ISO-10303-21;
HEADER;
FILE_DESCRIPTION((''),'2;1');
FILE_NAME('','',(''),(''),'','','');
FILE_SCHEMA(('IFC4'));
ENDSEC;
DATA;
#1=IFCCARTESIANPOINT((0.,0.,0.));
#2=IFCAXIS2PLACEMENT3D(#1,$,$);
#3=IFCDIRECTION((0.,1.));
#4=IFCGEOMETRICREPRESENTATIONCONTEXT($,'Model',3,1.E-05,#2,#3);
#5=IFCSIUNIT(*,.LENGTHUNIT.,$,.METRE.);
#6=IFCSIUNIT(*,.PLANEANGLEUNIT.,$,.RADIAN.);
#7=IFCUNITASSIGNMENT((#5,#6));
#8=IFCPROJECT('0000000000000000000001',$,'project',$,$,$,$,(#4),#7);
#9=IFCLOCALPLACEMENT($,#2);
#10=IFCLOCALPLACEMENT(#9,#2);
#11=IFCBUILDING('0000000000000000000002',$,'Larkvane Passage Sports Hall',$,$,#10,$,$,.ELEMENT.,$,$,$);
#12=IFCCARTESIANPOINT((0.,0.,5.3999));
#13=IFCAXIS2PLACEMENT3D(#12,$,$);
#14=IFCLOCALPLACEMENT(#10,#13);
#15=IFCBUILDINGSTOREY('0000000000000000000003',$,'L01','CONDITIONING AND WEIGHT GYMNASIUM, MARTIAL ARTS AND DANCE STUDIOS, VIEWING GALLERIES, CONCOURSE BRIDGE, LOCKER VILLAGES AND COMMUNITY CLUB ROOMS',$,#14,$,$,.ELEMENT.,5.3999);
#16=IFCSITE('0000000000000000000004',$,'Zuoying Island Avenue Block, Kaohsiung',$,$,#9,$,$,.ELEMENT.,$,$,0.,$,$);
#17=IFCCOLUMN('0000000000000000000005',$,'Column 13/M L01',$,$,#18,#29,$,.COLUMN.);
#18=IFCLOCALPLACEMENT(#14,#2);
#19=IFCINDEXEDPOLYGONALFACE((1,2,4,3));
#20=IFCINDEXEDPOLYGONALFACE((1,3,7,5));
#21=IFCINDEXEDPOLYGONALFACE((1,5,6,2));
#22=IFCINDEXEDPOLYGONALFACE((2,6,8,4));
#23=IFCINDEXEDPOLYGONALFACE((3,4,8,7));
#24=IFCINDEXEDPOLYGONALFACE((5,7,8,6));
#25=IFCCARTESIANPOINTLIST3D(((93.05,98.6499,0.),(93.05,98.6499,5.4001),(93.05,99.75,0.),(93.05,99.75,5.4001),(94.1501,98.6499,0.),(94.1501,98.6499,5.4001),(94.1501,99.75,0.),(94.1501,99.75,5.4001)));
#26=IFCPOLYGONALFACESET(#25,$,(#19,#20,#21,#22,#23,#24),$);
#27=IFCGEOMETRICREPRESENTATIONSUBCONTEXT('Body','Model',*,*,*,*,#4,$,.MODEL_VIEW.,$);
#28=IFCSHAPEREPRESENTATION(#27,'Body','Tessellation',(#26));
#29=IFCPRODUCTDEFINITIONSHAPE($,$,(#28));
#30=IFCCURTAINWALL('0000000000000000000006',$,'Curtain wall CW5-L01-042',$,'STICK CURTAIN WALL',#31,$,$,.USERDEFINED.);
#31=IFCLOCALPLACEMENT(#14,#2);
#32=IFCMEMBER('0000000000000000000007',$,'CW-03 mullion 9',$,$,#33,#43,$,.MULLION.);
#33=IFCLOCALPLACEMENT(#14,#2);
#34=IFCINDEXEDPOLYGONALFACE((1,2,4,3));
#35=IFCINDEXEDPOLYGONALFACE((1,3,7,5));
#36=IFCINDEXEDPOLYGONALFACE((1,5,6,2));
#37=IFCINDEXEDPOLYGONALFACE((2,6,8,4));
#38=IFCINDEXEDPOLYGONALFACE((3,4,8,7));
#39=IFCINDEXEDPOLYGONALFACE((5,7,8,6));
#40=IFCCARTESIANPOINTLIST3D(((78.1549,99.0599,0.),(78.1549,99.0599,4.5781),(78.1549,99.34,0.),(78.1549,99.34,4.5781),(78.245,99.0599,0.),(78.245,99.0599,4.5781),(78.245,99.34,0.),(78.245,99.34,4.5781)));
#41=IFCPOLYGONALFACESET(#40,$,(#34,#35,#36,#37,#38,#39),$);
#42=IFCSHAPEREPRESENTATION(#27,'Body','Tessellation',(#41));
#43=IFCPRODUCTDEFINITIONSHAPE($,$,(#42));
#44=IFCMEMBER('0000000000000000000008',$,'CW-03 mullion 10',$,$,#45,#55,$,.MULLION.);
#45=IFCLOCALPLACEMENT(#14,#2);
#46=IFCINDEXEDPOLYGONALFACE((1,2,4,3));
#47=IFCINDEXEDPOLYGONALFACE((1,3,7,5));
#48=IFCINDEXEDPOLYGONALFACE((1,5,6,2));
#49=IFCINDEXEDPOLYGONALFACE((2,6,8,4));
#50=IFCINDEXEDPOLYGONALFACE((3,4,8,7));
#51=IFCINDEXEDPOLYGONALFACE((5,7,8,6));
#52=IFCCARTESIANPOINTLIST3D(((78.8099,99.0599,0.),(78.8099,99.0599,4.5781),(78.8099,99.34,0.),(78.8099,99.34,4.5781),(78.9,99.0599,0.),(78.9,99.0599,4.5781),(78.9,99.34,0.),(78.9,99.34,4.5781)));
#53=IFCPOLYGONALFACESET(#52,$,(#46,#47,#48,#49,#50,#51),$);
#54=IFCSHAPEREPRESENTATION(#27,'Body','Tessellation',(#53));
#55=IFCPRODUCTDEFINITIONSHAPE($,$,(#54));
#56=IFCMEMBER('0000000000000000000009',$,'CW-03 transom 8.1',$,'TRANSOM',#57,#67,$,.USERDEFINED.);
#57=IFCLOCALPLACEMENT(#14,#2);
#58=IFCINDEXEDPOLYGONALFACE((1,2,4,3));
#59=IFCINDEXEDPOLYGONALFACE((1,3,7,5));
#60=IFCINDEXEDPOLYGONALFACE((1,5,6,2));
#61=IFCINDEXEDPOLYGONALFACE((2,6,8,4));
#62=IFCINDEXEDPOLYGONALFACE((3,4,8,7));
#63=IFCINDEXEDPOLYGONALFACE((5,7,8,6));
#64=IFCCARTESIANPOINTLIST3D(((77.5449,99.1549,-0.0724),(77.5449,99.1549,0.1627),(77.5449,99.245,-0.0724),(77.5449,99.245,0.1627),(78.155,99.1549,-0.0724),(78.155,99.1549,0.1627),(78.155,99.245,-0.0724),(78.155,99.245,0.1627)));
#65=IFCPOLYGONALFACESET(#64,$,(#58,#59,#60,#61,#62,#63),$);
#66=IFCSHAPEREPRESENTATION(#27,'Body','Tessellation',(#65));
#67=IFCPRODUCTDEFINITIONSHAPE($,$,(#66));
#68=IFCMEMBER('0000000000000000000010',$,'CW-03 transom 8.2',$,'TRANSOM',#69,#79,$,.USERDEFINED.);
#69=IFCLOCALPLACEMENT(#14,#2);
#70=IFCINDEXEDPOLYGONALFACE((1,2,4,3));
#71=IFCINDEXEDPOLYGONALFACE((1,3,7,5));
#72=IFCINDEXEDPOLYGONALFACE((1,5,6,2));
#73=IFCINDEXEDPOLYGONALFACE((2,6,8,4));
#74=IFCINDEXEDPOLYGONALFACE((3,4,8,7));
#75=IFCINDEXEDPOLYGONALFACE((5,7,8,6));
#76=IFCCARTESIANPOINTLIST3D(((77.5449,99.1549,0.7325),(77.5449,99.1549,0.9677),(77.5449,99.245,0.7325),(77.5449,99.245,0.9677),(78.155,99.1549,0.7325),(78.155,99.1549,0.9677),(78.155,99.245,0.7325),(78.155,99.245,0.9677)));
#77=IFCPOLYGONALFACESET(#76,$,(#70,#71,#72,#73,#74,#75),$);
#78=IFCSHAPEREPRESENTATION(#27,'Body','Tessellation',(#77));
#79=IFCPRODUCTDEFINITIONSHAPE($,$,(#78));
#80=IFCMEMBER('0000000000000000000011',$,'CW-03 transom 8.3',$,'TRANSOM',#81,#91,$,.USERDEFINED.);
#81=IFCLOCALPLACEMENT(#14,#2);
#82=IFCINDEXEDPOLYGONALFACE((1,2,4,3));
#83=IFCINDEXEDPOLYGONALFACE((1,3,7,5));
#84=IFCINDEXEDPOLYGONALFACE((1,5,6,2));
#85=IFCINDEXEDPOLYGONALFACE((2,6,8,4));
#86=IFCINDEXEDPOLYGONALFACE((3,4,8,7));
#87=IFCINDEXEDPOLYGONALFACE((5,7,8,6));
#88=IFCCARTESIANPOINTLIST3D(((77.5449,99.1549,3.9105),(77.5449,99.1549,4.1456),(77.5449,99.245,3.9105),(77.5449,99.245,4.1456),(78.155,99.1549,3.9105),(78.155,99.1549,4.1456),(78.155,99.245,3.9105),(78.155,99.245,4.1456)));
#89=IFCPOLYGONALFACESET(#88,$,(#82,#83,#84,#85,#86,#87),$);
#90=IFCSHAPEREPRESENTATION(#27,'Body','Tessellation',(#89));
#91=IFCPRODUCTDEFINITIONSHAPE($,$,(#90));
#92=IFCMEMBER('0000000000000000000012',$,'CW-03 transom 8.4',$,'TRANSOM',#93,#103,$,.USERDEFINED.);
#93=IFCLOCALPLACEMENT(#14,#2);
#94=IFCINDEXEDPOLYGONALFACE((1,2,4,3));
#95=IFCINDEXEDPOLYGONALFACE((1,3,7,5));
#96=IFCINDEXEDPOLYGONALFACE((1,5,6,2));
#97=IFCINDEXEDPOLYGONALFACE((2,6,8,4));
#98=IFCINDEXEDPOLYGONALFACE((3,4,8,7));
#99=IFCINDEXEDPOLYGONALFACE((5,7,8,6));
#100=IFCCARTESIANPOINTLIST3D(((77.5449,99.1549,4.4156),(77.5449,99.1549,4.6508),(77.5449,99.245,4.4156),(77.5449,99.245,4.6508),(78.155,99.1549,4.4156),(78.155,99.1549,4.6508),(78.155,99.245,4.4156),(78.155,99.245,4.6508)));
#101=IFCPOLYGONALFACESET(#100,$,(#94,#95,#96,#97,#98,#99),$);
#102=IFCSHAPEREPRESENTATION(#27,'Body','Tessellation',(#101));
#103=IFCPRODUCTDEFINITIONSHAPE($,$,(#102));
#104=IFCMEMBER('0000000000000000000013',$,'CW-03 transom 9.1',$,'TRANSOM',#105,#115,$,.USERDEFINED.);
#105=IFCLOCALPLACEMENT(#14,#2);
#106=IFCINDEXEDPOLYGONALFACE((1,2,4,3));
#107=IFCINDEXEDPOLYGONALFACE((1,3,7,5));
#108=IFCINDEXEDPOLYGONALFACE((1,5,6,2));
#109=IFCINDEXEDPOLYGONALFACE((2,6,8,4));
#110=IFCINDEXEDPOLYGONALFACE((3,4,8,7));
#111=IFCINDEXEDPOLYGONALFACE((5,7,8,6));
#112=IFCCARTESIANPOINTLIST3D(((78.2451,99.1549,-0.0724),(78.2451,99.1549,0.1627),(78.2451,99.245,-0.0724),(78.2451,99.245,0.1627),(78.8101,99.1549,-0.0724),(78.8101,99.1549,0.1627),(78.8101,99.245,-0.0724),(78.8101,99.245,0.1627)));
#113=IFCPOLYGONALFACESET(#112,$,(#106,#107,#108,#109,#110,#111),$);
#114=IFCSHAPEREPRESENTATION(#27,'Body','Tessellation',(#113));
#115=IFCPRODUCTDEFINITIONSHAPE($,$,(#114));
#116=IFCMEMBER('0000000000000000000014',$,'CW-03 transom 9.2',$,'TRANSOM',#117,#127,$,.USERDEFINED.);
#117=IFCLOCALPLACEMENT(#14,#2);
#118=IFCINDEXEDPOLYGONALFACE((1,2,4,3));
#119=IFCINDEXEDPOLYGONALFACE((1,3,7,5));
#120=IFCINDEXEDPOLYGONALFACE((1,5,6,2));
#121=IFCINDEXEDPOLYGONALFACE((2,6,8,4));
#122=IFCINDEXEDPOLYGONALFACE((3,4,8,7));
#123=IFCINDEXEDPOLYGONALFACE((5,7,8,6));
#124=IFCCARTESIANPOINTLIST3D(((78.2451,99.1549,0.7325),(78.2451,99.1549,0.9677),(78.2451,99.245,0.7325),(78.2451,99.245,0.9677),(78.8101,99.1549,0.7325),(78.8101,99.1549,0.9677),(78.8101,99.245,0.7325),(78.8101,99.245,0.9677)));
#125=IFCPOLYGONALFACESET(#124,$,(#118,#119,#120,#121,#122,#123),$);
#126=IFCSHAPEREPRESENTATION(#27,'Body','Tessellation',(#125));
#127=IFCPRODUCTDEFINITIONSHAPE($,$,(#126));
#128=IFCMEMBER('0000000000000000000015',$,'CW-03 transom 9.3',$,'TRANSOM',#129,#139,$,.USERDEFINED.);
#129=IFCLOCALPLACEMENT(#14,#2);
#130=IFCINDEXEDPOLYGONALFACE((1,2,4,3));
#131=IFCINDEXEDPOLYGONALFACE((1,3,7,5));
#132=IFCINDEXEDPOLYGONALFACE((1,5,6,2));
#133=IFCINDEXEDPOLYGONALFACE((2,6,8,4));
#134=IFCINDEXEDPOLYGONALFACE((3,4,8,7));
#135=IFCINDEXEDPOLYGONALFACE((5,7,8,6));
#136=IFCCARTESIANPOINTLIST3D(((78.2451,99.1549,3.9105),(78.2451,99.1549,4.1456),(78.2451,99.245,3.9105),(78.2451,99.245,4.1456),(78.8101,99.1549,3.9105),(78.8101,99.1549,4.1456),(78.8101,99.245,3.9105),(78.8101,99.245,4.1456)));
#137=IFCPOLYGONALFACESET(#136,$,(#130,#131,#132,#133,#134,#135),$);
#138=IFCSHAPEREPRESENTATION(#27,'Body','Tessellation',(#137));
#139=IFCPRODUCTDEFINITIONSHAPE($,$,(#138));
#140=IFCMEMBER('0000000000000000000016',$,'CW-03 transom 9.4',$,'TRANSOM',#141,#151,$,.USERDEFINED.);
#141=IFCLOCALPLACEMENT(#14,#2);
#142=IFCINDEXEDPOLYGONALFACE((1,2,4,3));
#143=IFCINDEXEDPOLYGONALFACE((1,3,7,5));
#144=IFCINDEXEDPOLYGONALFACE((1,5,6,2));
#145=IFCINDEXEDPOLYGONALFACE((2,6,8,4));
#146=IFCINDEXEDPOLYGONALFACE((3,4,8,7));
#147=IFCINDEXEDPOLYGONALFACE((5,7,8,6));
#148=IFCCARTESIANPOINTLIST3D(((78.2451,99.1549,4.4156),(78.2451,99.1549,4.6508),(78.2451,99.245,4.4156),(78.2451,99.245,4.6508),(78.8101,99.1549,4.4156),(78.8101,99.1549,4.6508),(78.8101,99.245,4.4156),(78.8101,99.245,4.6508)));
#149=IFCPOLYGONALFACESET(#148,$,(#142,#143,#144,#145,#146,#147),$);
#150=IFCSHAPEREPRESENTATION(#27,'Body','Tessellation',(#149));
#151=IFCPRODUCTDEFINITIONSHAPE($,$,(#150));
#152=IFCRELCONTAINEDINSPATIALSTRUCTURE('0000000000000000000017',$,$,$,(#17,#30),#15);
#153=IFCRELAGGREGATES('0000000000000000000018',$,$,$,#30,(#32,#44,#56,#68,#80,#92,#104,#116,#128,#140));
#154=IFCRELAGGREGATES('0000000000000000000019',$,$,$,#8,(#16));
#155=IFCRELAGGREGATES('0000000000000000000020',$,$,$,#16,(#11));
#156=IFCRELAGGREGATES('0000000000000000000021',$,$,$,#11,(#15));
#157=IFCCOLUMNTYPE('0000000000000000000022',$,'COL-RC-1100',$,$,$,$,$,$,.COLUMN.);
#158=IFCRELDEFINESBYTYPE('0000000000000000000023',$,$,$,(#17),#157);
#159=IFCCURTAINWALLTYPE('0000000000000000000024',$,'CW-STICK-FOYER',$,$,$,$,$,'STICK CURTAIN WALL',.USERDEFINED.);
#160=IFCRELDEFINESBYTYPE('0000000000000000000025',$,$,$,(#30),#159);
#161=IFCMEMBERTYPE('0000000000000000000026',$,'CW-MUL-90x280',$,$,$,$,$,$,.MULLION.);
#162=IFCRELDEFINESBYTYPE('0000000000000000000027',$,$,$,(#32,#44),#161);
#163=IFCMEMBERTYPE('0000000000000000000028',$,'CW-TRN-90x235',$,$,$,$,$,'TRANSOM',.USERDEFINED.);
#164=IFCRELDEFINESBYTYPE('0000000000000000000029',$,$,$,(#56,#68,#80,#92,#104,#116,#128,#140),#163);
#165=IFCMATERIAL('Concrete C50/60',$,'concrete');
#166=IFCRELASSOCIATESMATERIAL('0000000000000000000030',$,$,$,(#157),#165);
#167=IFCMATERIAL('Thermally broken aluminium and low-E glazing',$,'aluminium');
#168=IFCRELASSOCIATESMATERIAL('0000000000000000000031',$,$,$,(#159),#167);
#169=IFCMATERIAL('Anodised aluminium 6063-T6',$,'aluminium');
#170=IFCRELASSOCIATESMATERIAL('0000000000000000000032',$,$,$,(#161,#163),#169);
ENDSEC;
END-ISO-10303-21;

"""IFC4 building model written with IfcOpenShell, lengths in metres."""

from ifc_helpers import new_model, si_unit, direction, frame, origin, origin_2d, place, context, subcontext, project, spatial, rectangle, extrude, material, material_profile, profile_set, type_object, element, aggregate, save


model = new_model("IFC4")

# Units and contexts
model_context = context("Model", 3, precision=1e-05, world=origin(), true_north=direction((0.0, 1.0)))
body_context = subcontext(model_context, "Body", "Model", "MODEL_VIEW")
ifc_project = project(units=[si_unit("LENGTHUNIT", "METRE"), si_unit("PLANEANGLEUNIT", "RADIAN")], contexts=[model_context])

# Site, building, storey
site_placement = place(None, origin())
site = spatial("IfcSite", under=ifc_project, at=site_placement, Name="Zuoying Island Avenue Block, Kaohsiung", CompositionType="ELEMENT", RefElevation=0.0)
building_placement = place(site_placement, origin())
building = spatial("IfcBuilding", under=site, at=building_placement, Name="Larkvane Passage Sports Hall", CompositionType="ELEMENT")
storey_placement = place(building_placement, frame((0.0, 0.0, 5.3999)))
storey = spatial("IfcBuildingStorey", under=building, at=storey_placement, Name="L01", Description="CONDITIONING AND WEIGHT GYMNASIUM, MARTIAL ARTS AND DANCE STUDIOS, VIEWING GALLERIES, CONCOURSE BRIDGE, LOCKER VILLAGES AND COMMUNITY CLUB ROOMS", CompositionType="ELEMENT", Elevation=5.3999)

# Column
ifc_material_1 = material(Name="Concrete C50/60", Category="concrete")
ifc_material_profile_1 = material_profile(ifc_material_1, rectangle(XDim=1.1001, YDim=1.1001, at=origin_2d()), Name="RC-COL-1100x1100")
ifc_profile_set_1 = profile_set([ifc_material_profile_1], Name="Concrete C50/60")
column_type = type_object("IfcColumnType", Name="COL-RC-1100", PredefinedType="COLUMN", material=ifc_profile_set_1)
column_placement = place(storey_placement, frame((93.6001, 99.2, 0.0), z_axis=(0.0, 0.0, 1.0), x_axis=(1.0, 0.0, 0.0)))
element("IfcColumn", 1, at=column_placement, inside=storey, type_object=column_type, Name="Column 13/M L01", PredefinedType="COLUMN", context=body_context, shape_type="SweptSolid", body=[
    extrude(rectangle(XDim=1.1001, YDim=1.1001, at=origin_2d()), origin(), (0.0, 0.0, 1.0), 5.4001),
])

# Curtain wall, members
ifc_material_2 = material(Name="Thermally broken aluminium and low-E glazing", Category="aluminium")
curtain_wall_type = type_object("IfcCurtainWallType", Name="CW-STICK-FOYER", ElementType="STICK CURTAIN WALL", PredefinedType="USERDEFINED", material=ifc_material_2)
curtain_wall_placement = place(storey_placement, origin())
curtain_wall = element("IfcCurtainWall", 2, at=curtain_wall_placement, inside=storey, type_object=curtain_wall_type, Name="Curtain wall CW5-L01-042", ObjectType="STICK CURTAIN WALL", PredefinedType="USERDEFINED")
ifc_material_3 = material(Name="Anodised aluminium 6063-T6", Category="aluminium")
ifc_material_profile_2 = material_profile(ifc_material_3, rectangle(XDim=0.0901, YDim=0.28, at=origin_2d()), Name="ALU-MUL-90x280")
ifc_profile_set_2 = profile_set([ifc_material_profile_2], Name="Anodised aluminium 6063-T6")
member_type_1 = type_object("IfcMemberType", Name="CW-MUL-90x280", PredefinedType="MULLION", material=ifc_profile_set_2)
member_1_placement = place(storey_placement, frame((78.2, 99.2, 0.0), z_axis=(0.0, 0.0, 1.0), x_axis=(1.0, 0.0, 0.0)))
member_1 = element("IfcMember", 3, at=member_1_placement, type_object=member_type_1, Name="CW-03 mullion 9", PredefinedType="MULLION", context=body_context, shape_type="SweptSolid", body=[
    extrude(rectangle(XDim=0.0901, YDim=0.28, at=origin_2d()), origin(), (0.0, 0.0, 1.0), 4.5781),
])
member_2_placement = place(storey_placement, frame((78.855, 99.2, 0.0), z_axis=(0.0, 0.0, 1.0), x_axis=(1.0, 0.0, 0.0)))
member_2 = element("IfcMember", 4, at=member_2_placement, type_object=member_type_1, Name="CW-03 mullion 10", PredefinedType="MULLION", context=body_context, shape_type="SweptSolid", body=[
    extrude(rectangle(XDim=0.0901, YDim=0.28, at=origin_2d()), origin(), (0.0, 0.0, 1.0), 4.5781),
])
ifc_material_profile_3 = material_profile(ifc_material_3, rectangle(XDim=0.0901, YDim=0.2351, at=origin_2d()), Name="ALU-TRN-90x235")
ifc_profile_set_3 = profile_set([ifc_material_profile_3], Name="Anodised aluminium 6063-T6")
member_type_2 = type_object("IfcMemberType", Name="CW-TRN-90x235", ElementType="TRANSOM", PredefinedType="USERDEFINED", material=ifc_profile_set_3)
member_3_placement = place(storey_placement, frame((77.5449, 99.2, 0.0452), z_axis=(1.0, 0.0, 0.0), x_axis=(0.0, 1.0, 0.0)))
member_3 = element("IfcMember", 5, at=member_3_placement, type_object=member_type_2, Name="CW-03 transom 8.1", ObjectType="TRANSOM", PredefinedType="USERDEFINED", context=body_context, shape_type="SweptSolid", body=[
    extrude(rectangle(XDim=0.0901, YDim=0.2351, at=origin_2d()), origin(), (0.0, 0.0, 1.0), 0.6101),
])
member_4_placement = place(storey_placement, frame((77.5449, 99.2, 0.8501), z_axis=(1.0, 0.0, 0.0), x_axis=(0.0, 1.0, 0.0)))
member_4 = element("IfcMember", 6, at=member_4_placement, type_object=member_type_2, Name="CW-03 transom 8.2", ObjectType="TRANSOM", PredefinedType="USERDEFINED", context=body_context, shape_type="SweptSolid", body=[
    extrude(rectangle(XDim=0.0901, YDim=0.2351, at=origin_2d()), origin(), (0.0, 0.0, 1.0), 0.6101),
])
member_5_placement = place(storey_placement, frame((77.5449, 99.2, 4.0281), z_axis=(1.0, 0.0, 0.0), x_axis=(0.0, 1.0, 0.0)))
member_5 = element("IfcMember", 7, at=member_5_placement, type_object=member_type_2, Name="CW-03 transom 8.3", ObjectType="TRANSOM", PredefinedType="USERDEFINED", context=body_context, shape_type="SweptSolid", body=[
    extrude(rectangle(XDim=0.0901, YDim=0.2351, at=origin_2d()), origin(), (0.0, 0.0, 1.0), 0.6101),
])
member_6_placement = place(storey_placement, frame((77.5449, 99.2, 4.5332), z_axis=(1.0, 0.0, 0.0), x_axis=(0.0, 1.0, 0.0)))
member_6 = element("IfcMember", 8, at=member_6_placement, type_object=member_type_2, Name="CW-03 transom 8.4", ObjectType="TRANSOM", PredefinedType="USERDEFINED", context=body_context, shape_type="SweptSolid", body=[
    extrude(rectangle(XDim=0.0901, YDim=0.2351, at=origin_2d()), origin(), (0.0, 0.0, 1.0), 0.6101),
])
member_7_placement = place(storey_placement, frame((78.2451, 99.2, 0.0452), z_axis=(1.0, 0.0, 0.0), x_axis=(0.0, 1.0, 0.0)))
member_7 = element("IfcMember", 9, at=member_7_placement, type_object=member_type_2, Name="CW-03 transom 9.1", ObjectType="TRANSOM", PredefinedType="USERDEFINED", context=body_context, shape_type="SweptSolid", body=[
    extrude(rectangle(XDim=0.0901, YDim=0.2351, at=origin_2d()), origin(), (0.0, 0.0, 1.0), 0.5649),
])
member_8_placement = place(storey_placement, frame((78.2451, 99.2, 0.8501), z_axis=(1.0, 0.0, 0.0), x_axis=(0.0, 1.0, 0.0)))
member_8 = element("IfcMember", 10, at=member_8_placement, type_object=member_type_2, Name="CW-03 transom 9.2", ObjectType="TRANSOM", PredefinedType="USERDEFINED", context=body_context, shape_type="SweptSolid", body=[
    extrude(rectangle(XDim=0.0901, YDim=0.2351, at=origin_2d()), origin(), (0.0, 0.0, 1.0), 0.5649),
])
member_9_placement = place(storey_placement, frame((78.2451, 99.2, 4.0281), z_axis=(1.0, 0.0, 0.0), x_axis=(0.0, 1.0, 0.0)))
member_9 = element("IfcMember", 11, at=member_9_placement, type_object=member_type_2, Name="CW-03 transom 9.3", ObjectType="TRANSOM", PredefinedType="USERDEFINED", context=body_context, shape_type="SweptSolid", body=[
    extrude(rectangle(XDim=0.0901, YDim=0.2351, at=origin_2d()), origin(), (0.0, 0.0, 1.0), 0.5649),
])
member_10_placement = place(storey_placement, frame((78.2451, 99.2, 4.5332), z_axis=(1.0, 0.0, 0.0), x_axis=(0.0, 1.0, 0.0)))
member_10 = element("IfcMember", 12, at=member_10_placement, type_object=member_type_2, Name="CW-03 transom 9.4", ObjectType="TRANSOM", PredefinedType="USERDEFINED", context=body_context, shape_type="SweptSolid", body=[
    extrude(rectangle(XDim=0.0901, YDim=0.2351, at=origin_2d()), origin(), (0.0, 0.0, 1.0), 0.5649),
])

aggregate(curtain_wall, [member_1, member_2, member_3, member_4, member_5, member_6, member_7, member_8, member_9, member_10])

save(model, "model.ifc")
